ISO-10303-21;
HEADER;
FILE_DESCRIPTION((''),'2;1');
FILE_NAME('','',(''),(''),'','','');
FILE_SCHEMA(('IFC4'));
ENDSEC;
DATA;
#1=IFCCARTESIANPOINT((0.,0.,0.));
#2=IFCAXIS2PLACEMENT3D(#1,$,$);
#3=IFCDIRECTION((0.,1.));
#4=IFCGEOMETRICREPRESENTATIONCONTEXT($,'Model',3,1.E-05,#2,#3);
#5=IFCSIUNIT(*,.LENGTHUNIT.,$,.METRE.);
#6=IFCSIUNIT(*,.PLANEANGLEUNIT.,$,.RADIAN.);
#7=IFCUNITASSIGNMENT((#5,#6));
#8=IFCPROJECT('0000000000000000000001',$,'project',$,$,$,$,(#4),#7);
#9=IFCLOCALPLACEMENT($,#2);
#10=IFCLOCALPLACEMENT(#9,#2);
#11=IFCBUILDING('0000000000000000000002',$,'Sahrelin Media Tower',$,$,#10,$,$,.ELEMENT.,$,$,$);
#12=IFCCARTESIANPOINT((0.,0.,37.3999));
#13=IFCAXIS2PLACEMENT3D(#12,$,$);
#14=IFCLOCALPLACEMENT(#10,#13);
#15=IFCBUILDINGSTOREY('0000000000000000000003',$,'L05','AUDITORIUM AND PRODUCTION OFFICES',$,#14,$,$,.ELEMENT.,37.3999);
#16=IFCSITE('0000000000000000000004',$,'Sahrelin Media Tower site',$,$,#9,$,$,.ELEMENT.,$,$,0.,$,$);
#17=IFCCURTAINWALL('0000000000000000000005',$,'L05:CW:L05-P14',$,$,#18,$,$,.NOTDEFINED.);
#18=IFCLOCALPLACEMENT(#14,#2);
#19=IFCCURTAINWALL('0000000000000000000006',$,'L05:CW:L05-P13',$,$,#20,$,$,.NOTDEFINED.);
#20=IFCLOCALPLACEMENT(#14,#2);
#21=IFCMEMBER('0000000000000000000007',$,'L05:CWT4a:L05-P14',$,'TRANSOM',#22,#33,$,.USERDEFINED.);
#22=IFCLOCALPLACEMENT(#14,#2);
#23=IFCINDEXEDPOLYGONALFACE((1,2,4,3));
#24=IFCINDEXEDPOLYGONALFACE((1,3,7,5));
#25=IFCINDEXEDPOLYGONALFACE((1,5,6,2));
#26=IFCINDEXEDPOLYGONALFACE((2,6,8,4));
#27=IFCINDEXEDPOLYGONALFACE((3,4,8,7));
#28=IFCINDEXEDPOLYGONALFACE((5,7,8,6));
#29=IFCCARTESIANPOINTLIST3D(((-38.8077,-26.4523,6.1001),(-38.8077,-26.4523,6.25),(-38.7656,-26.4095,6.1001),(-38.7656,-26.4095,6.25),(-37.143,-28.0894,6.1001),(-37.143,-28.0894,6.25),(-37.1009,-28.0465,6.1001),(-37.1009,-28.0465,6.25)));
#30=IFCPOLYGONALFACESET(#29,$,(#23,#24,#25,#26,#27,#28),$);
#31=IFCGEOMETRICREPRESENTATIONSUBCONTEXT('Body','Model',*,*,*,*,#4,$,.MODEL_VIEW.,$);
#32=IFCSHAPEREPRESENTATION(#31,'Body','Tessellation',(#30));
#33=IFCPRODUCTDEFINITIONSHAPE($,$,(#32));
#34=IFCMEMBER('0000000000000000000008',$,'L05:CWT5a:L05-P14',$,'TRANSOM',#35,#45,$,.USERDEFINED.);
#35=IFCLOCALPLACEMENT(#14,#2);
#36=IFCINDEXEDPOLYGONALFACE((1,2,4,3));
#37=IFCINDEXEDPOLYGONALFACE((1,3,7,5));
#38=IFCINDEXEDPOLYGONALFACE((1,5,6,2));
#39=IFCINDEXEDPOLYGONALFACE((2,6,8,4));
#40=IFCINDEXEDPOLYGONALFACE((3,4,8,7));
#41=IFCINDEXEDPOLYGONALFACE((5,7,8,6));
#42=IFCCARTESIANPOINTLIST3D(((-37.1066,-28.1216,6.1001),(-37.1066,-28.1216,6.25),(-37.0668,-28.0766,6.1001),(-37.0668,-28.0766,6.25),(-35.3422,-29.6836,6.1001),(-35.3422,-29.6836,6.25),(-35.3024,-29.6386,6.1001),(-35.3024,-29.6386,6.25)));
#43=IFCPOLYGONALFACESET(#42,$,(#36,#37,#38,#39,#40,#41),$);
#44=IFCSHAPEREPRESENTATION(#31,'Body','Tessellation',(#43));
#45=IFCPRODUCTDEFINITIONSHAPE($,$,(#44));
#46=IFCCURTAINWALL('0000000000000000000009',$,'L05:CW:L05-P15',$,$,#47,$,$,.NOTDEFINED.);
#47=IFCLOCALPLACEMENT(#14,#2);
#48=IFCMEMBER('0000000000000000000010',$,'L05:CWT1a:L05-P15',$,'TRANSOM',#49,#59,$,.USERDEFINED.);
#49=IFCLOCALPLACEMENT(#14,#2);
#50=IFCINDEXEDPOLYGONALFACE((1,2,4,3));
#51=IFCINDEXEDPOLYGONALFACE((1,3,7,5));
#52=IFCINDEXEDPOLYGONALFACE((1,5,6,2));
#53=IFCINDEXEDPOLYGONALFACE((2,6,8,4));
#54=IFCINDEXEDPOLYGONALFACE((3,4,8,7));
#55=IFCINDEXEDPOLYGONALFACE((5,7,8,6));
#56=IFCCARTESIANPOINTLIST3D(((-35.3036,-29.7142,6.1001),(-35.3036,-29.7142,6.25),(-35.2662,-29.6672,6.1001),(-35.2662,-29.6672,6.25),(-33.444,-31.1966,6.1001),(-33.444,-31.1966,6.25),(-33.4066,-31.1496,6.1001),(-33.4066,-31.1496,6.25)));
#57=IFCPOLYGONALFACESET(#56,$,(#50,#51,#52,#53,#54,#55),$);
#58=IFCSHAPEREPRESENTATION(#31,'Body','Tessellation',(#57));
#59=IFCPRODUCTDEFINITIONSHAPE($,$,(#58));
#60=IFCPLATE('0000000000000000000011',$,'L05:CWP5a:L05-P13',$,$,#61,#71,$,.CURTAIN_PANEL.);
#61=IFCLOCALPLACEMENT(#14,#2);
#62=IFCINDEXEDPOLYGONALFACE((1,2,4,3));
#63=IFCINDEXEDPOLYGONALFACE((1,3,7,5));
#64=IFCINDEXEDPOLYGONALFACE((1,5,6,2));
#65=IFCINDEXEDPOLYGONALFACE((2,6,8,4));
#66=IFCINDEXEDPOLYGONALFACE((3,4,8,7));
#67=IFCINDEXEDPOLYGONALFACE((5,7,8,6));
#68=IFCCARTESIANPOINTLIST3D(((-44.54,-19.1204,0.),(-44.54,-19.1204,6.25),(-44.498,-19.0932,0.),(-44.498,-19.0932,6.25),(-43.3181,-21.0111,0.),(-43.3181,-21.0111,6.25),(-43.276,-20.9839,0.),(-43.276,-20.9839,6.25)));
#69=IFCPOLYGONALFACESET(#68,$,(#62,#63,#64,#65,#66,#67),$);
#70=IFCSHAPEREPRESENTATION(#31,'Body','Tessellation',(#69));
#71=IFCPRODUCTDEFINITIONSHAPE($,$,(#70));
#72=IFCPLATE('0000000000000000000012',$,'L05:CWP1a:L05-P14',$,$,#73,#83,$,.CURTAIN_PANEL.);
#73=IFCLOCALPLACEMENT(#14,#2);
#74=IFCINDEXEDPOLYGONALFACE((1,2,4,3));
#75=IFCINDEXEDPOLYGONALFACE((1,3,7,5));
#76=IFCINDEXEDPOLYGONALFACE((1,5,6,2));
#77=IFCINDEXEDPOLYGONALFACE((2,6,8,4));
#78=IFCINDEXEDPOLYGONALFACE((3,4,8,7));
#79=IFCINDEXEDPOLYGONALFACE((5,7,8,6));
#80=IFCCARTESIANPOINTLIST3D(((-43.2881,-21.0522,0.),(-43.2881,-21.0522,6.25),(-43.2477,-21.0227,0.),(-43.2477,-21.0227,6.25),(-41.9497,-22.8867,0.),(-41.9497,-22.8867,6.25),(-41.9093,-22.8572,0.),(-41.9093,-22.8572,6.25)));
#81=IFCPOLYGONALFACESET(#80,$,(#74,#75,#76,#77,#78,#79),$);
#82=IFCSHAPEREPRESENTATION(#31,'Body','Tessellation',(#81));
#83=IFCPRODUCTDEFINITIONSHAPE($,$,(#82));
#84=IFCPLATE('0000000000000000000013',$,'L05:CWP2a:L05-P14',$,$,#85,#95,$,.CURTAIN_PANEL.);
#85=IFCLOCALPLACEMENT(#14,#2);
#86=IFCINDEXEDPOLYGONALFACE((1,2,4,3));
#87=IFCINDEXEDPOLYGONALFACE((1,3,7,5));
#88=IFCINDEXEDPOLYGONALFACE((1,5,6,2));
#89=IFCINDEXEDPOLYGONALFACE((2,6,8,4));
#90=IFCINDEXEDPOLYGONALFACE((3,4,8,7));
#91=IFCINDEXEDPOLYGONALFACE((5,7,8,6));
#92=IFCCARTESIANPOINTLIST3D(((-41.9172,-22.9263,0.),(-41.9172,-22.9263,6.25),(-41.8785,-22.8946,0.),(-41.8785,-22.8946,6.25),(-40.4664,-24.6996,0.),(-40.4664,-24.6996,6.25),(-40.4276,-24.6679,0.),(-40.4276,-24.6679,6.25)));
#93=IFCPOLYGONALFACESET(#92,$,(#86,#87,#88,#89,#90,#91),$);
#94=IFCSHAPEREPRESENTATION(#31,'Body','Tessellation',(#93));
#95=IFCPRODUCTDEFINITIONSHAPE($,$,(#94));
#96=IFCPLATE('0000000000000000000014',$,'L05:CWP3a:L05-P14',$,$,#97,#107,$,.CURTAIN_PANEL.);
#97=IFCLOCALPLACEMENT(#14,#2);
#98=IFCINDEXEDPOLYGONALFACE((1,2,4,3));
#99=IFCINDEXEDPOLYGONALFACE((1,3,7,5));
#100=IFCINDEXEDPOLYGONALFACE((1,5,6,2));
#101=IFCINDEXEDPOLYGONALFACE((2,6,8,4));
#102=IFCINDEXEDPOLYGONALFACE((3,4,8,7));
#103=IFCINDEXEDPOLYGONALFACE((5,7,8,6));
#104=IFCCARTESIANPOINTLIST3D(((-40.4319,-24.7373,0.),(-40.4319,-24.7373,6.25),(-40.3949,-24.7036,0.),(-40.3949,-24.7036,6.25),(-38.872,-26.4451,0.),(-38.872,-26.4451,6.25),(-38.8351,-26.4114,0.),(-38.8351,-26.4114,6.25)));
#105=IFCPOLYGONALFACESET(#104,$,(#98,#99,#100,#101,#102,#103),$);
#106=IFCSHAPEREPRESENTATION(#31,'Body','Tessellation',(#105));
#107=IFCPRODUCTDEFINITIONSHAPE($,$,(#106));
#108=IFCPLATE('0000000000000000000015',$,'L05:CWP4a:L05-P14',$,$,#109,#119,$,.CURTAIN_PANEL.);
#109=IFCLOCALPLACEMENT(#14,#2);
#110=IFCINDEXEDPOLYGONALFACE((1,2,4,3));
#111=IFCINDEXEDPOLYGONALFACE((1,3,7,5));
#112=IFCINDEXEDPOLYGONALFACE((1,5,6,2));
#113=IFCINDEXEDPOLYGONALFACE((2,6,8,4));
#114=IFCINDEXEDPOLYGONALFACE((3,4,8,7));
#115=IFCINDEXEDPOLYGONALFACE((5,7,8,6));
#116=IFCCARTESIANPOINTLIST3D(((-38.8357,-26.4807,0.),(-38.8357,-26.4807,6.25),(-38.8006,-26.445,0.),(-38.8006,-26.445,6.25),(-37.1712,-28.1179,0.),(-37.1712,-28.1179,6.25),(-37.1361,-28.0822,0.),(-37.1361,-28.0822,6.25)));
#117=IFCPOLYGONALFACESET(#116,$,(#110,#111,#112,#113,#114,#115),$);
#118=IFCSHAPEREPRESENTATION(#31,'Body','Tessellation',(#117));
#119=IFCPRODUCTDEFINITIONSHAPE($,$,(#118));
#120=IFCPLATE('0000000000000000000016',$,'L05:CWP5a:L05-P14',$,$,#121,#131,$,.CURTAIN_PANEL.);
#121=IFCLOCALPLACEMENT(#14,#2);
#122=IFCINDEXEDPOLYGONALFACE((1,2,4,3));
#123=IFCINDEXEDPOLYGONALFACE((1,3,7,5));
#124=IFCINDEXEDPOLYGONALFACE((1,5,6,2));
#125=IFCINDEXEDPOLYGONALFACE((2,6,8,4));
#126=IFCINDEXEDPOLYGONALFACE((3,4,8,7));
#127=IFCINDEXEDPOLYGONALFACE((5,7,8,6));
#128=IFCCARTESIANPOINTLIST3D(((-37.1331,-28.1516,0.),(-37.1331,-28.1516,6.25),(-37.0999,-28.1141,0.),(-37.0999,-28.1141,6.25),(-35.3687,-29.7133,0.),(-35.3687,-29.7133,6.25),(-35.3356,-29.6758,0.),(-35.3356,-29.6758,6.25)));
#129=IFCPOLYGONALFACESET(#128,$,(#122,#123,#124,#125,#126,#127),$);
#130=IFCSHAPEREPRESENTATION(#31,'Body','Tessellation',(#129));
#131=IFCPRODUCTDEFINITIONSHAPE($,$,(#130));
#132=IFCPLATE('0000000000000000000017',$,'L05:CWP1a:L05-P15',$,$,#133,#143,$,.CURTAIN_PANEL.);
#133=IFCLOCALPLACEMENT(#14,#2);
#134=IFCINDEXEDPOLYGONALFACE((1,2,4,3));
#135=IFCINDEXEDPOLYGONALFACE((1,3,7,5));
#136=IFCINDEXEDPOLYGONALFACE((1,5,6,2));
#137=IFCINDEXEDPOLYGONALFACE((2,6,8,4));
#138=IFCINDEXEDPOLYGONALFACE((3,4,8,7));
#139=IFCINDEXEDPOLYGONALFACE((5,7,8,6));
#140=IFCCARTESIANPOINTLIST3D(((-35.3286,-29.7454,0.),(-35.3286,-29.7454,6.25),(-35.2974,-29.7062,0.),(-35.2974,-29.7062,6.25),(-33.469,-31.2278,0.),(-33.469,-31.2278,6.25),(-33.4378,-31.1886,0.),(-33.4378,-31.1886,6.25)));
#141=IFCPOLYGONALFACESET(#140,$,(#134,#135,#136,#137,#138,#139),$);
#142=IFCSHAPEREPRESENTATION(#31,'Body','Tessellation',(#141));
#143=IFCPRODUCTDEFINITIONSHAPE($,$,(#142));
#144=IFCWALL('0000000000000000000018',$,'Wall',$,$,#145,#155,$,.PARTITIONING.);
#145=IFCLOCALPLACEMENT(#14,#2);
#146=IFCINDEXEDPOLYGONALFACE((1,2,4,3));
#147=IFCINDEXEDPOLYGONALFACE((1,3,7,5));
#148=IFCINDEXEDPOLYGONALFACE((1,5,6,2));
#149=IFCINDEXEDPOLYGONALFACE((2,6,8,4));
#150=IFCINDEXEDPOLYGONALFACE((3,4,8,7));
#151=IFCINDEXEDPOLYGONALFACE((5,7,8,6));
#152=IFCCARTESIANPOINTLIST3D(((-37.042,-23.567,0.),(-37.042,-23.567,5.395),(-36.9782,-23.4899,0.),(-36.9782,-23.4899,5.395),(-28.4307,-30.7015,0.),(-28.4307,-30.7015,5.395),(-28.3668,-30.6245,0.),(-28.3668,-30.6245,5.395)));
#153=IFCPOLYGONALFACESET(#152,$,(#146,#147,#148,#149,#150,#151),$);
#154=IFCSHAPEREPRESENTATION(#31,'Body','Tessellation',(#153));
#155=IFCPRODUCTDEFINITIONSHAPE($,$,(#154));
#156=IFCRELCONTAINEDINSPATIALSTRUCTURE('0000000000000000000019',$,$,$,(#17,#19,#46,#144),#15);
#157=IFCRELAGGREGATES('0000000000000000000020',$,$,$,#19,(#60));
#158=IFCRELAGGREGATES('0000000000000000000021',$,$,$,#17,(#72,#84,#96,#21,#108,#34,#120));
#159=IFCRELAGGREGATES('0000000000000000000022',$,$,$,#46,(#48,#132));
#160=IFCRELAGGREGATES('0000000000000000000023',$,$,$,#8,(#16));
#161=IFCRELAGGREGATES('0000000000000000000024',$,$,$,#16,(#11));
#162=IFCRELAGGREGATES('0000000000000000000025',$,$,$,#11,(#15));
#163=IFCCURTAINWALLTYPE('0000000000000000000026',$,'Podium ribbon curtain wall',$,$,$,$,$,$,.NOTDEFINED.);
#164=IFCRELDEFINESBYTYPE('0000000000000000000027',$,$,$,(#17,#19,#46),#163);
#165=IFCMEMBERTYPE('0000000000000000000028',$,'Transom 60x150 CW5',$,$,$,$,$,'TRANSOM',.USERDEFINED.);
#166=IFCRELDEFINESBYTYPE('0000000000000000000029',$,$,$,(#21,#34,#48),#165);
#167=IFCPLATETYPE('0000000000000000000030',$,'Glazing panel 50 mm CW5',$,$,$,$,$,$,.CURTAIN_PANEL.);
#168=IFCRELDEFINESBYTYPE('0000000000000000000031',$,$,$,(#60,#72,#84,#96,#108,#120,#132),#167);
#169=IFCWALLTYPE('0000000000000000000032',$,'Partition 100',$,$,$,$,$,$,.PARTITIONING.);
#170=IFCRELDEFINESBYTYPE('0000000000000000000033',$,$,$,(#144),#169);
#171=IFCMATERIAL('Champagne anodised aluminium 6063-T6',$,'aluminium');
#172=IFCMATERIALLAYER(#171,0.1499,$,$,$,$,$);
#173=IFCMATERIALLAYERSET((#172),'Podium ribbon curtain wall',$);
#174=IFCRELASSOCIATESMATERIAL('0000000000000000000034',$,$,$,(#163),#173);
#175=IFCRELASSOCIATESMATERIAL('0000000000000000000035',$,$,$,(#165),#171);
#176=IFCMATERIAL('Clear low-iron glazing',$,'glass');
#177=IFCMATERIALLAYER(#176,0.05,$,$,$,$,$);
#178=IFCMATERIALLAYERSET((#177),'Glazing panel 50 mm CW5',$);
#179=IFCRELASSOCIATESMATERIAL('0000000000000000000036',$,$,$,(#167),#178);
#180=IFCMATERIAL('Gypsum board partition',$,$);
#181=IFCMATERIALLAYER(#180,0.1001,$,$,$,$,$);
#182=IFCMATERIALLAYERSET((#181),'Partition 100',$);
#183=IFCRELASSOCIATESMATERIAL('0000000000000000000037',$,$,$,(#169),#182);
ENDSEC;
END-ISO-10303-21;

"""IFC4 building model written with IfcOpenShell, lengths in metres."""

from ifc_helpers import new_model, si_unit, direction, frame, frame_2d, origin, origin_2d, place, context, subcontext, project, spatial, polyline, rectangle, outline, extrude, material, layer, layer_set, material_profile, profile_set, type_object, element, aggregate, save


model = new_model("IFC4")

# Units and contexts
model_context = context("Model", 3, precision=1e-05, world=origin(), true_north=direction((0.0, 1.0)))
body_context = subcontext(model_context, "Body", "Model", "MODEL_VIEW")
ifc_project = project(units=[si_unit("LENGTHUNIT", "METRE"), si_unit("PLANEANGLEUNIT", "RADIAN")], contexts=[model_context])

# Site, building, storey
site_placement = place(None, origin())
site = spatial("IfcSite", under=ifc_project, at=site_placement, Name="Sahrelin Media Tower site", CompositionType="ELEMENT", RefElevation=0.0)
building_placement = place(site_placement, origin())
building = spatial("IfcBuilding", under=site, at=building_placement, Name="Sahrelin Media Tower", CompositionType="ELEMENT")
storey_placement = place(building_placement, frame((0.0, 0.0, 37.3999)))
storey = spatial("IfcBuildingStorey", under=building, at=storey_placement, Name="L05", Description="AUDITORIUM AND PRODUCTION OFFICES", CompositionType="ELEMENT", Elevation=37.3999)

# Curtain wall
ifc_material_1 = material(Name="Champagne anodised aluminium 6063-T6", Category="aluminium")
ifc_layer_1 = layer(ifc_material_1, 0.1499)
ifc_layer_set_1 = layer_set([ifc_layer_1], Name="Podium ribbon curtain wall")
curtain_wall_type = type_object("IfcCurtainWallType", Name="Podium ribbon curtain wall", PredefinedType="NOTDEFINED", material=ifc_layer_set_1)
curtain_wall_1_placement = place(storey_placement, frame((-43.3013, -21.0, 0.0), z_axis=(0.0, 0.0, 1.0), x_axis=(1.0, 0.0, 0.0)))
curtain_wall_1 = element("IfcCurtainWall", 1, at=curtain_wall_1_placement, inside=storey, type_object=curtain_wall_type, Name="L05:CW:L05-P14", PredefinedType="NOTDEFINED")

# Curtain wall
curtain_wall_2_placement = place(storey_placement, frame((-48.2964, -10.8704, 0.0), z_axis=(0.0, 0.0, 1.0), x_axis=(1.0, 0.0, 0.0)))
curtain_wall_2 = element("IfcCurtainWall", 2, at=curtain_wall_2_placement, inside=storey, type_object=curtain_wall_type, Name="L05:CW:L05-P13", PredefinedType="NOTDEFINED")
ifc_material_profile_1 = material_profile(ifc_material_1, rectangle(XDim=0.0601, YDim=0.1499, at=origin_2d()), Name="Transom 60x150")
ifc_profile_set_1 = profile_set([ifc_material_profile_1], Name="Champagne anodised aluminium 6063-T6")
member_type_1 = type_object("IfcMemberType", Name="Transom 60x150 CW5", ElementType="TRANSOM", PredefinedType="USERDEFINED", material=ifc_profile_set_1)

# Members
member_1_placement = place(storey_placement, frame((-38.7866, -26.4309, 6.175), z_axis=(0.712991, -0.701174, 0.0), x_axis=(0.701174, 0.712991, 0.0)))
member_1 = element("IfcMember", 3, at=member_1_placement, type_object=member_type_1, Name="L05:CWT4a:L05-P14", ObjectType="TRANSOM", PredefinedType="USERDEFINED", context=body_context, shape_type="SweptSolid", body=[
    extrude(rectangle(XDim=0.0601, YDim=0.1499, at=origin_2d()), origin(), (0.0, 0.0, 1.0), 2.3347),
])
member_2_placement = place(storey_placement, frame((-37.0867, -28.0991, 6.175), z_axis=(0.748745, -0.662858, 0.0), x_axis=(0.662858, 0.748745, 0.0)))
member_2 = element("IfcMember", 4, at=member_2_placement, type_object=member_type_1, Name="L05:CWT5a:L05-P14", ObjectType="TRANSOM", PredefinedType="USERDEFINED", context=body_context, shape_type="SweptSolid", body=[
    extrude(rectangle(XDim=0.0601, YDim=0.1499, at=origin_2d()), origin(), (0.0, 0.0, 1.0), 2.3564),
])

# Curtain wall, member
curtain_wall_3_placement = place(storey_placement, frame((-35.3552, -29.6985, 0.0), z_axis=(0.0, 0.0, 1.0), x_axis=(1.0, 0.0, 0.0)))
curtain_wall_3 = element("IfcCurtainWall", 5, at=curtain_wall_3_placement, inside=storey, type_object=curtain_wall_type, Name="L05:CW:L05-P15", PredefinedType="NOTDEFINED")
member_3_placement = place(storey_placement, frame((-35.2849, -29.6907, 6.175), z_axis=(0.781949, -0.623342, 0.0), x_axis=(0.623342, 0.781949, 0.0)))
member_3 = element("IfcMember", 6, at=member_3_placement, type_object=member_type_1, Name="L05:CWT1a:L05-P15", ObjectType="TRANSOM", PredefinedType="USERDEFINED", context=body_context, shape_type="SweptSolid", body=[
    extrude(rectangle(XDim=0.0601, YDim=0.1499, at=origin_2d()), origin(), (0.0, 0.0, 1.0), 2.3782),
])

# Plates
ifc_material_2 = material(Name="Clear low-iron glazing", Category="glass")
ifc_layer_2 = layer(ifc_material_2, 0.05)
ifc_layer_set_2 = layer_set([ifc_layer_2], Name="Glazing panel 50 mm CW5")
plate_type = type_object("IfcPlateType", Name="Glazing panel 50 mm CW5", PredefinedType="CURTAIN_PANEL", material=ifc_layer_set_2)
plate_1_placement = place(storey_placement, frame((-44.54, -19.1204, 0.0), z_axis=(-0.839858, -0.542806, 0.0), x_axis=(0.542806, -0.839858, 0.0)))
plate_1 = element("IfcPlate", 7, at=plate_1_placement, type_object=plate_type, Name="L05:CWP5a:L05-P13", PredefinedType="CURTAIN_PANEL", context=body_context, shape_type="SweptSolid", body=[
    extrude(outline(polyline([(0.0, 0.0), (2.2512, 0.0), (2.2512, 6.25), (0.0, 6.25), (0.0, 0.0)])), origin(), (0.0, 0.0, -1.0), 0.05),
])
aggregate(curtain_wall_2, [plate_1])
plate_2_placement = place(storey_placement, frame((-43.2881, -21.0522, 0.0), z_axis=(-0.807852, -0.589386, 0.0), x_axis=(0.589386, -0.807852, 0.0)))
plate_2 = element("IfcPlate", 8, at=plate_2_placement, type_object=plate_type, Name="L05:CWP1a:L05-P14", PredefinedType="CURTAIN_PANEL", context=body_context, shape_type="SweptSolid", body=[
    extrude(outline(polyline([(0.0, 0.0), (2.2708, 0.0), (2.2708, 6.25), (0.0, 6.25), (0.0, 0.0)])), origin(), (0.0, 0.0, -1.0), 0.05),
])
plate_3_placement = place(storey_placement, frame((-41.9172, -22.9263, 0.0), z_axis=(-0.773972, -0.63322, 0.0), x_axis=(0.63322, -0.773972, 0.0)))
plate_3 = element("IfcPlate", 9, at=plate_3_placement, type_object=plate_type, Name="L05:CWP2a:L05-P14", PredefinedType="CURTAIN_PANEL", context=body_context, shape_type="SweptSolid", body=[
    extrude(outline(polyline([(0.0, 0.0), (2.2913, 0.0), (2.2913, 6.25), (0.0, 6.25), (0.0, 0.0)])), origin(), (0.0, 0.0, -1.0), 0.05),
])
plate_4_placement = place(storey_placement, frame((-40.4319, -24.7373, 0.0), z_axis=(-0.738367, -0.6744, 0.0), x_axis=(0.6744, -0.738367, 0.0)))
plate_4 = element("IfcPlate", 10, at=plate_4_placement, type_object=plate_type, Name="L05:CWP3a:L05-P14", PredefinedType="CURTAIN_PANEL", context=body_context, shape_type="SweptSolid", body=[
    extrude(outline(polyline([(0.0, 0.0), (2.313, 0.0), (2.313, 6.25), (0.0, 6.25), (0.0, 0.0)])), origin(), (0.0, 0.0, -1.0), 0.05),
])
plate_5_placement = place(storey_placement, frame((-38.8357, -26.4807, 0.0), z_axis=(-0.701227, -0.712938, 0.0), x_axis=(0.712938, -0.701227, 0.0)))
plate_5 = element("IfcPlate", 11, at=plate_5_placement, type_object=plate_type, Name="L05:CWP4a:L05-P14", PredefinedType="CURTAIN_PANEL", context=body_context, shape_type="SweptSolid", body=[
    extrude(outline(polyline([(0.0, 0.0), (2.3347, 0.0), (2.3347, 6.25), (0.0, 6.25), (0.0, 0.0)])), origin(), (0.0, 0.0, -1.0), 0.05),
])
plate_6_placement = place(storey_placement, frame((-37.1331, -28.1516, 0.0), z_axis=(-0.6628, -0.748797, 0.0), x_axis=(0.748797, -0.6628, 0.0)))
plate_6 = element("IfcPlate", 12, at=plate_6_placement, type_object=plate_type, Name="L05:CWP5a:L05-P14", PredefinedType="CURTAIN_PANEL", context=body_context, shape_type="SweptSolid", body=[
    extrude(outline(polyline([(0.0, 0.0), (2.3562, 0.0), (2.3562, 6.25), (0.0, 6.25), (0.0, 0.0)])), origin(), (0.0, 0.0, -1.0), 0.05),
])
aggregate(curtain_wall_1, [plate_2, plate_3, plate_4, member_1, plate_5, member_2, plate_6])
plate_7_placement = place(storey_placement, frame((-35.3286, -29.7454, 0.0), z_axis=(-0.623342, -0.781949, 0.0), x_axis=(0.781949, -0.623342, 0.0)))
plate_7 = element("IfcPlate", 13, at=plate_7_placement, type_object=plate_type, Name="L05:CWP1a:L05-P15", PredefinedType="CURTAIN_PANEL", context=body_context, shape_type="SweptSolid", body=[
    extrude(outline(polyline([(0.0, 0.0), (2.3782, 0.0), (2.3782, 6.25), (0.0, 6.25), (0.0, 0.0)])), origin(), (0.0, 0.0, -1.0), 0.05),
])
aggregate(curtain_wall_3, [member_3, plate_7])

# Wall
ifc_material_3 = material(Name="Gypsum board partition")
ifc_layer_3 = layer(ifc_material_3, 0.1001)
ifc_layer_set_3 = layer_set([ifc_layer_3], Name="Partition 100")
wall_type = type_object("IfcWallType", Name="Partition 100", PredefinedType="PARTITIONING", material=ifc_layer_set_3)
wall_placement = place(storey_placement, frame((-37.01, -23.5286, 0.0), z_axis=(0.0, 0.0, 1.0), x_axis=(0.770047, -0.637987, 0.0)))
element("IfcWall", 14, at=wall_placement, inside=storey, type_object=wall_type, Name="Wall", PredefinedType="PARTITIONING", context=body_context, shape_type="SweptSolid", body=[
    extrude(rectangle(XDim=11.1829, YDim=0.1001, at=frame_2d((5.5913, 0.0))), origin(), (0.0, 0.0, 1.0), 5.395),
])

save(model, "model.ifc")
